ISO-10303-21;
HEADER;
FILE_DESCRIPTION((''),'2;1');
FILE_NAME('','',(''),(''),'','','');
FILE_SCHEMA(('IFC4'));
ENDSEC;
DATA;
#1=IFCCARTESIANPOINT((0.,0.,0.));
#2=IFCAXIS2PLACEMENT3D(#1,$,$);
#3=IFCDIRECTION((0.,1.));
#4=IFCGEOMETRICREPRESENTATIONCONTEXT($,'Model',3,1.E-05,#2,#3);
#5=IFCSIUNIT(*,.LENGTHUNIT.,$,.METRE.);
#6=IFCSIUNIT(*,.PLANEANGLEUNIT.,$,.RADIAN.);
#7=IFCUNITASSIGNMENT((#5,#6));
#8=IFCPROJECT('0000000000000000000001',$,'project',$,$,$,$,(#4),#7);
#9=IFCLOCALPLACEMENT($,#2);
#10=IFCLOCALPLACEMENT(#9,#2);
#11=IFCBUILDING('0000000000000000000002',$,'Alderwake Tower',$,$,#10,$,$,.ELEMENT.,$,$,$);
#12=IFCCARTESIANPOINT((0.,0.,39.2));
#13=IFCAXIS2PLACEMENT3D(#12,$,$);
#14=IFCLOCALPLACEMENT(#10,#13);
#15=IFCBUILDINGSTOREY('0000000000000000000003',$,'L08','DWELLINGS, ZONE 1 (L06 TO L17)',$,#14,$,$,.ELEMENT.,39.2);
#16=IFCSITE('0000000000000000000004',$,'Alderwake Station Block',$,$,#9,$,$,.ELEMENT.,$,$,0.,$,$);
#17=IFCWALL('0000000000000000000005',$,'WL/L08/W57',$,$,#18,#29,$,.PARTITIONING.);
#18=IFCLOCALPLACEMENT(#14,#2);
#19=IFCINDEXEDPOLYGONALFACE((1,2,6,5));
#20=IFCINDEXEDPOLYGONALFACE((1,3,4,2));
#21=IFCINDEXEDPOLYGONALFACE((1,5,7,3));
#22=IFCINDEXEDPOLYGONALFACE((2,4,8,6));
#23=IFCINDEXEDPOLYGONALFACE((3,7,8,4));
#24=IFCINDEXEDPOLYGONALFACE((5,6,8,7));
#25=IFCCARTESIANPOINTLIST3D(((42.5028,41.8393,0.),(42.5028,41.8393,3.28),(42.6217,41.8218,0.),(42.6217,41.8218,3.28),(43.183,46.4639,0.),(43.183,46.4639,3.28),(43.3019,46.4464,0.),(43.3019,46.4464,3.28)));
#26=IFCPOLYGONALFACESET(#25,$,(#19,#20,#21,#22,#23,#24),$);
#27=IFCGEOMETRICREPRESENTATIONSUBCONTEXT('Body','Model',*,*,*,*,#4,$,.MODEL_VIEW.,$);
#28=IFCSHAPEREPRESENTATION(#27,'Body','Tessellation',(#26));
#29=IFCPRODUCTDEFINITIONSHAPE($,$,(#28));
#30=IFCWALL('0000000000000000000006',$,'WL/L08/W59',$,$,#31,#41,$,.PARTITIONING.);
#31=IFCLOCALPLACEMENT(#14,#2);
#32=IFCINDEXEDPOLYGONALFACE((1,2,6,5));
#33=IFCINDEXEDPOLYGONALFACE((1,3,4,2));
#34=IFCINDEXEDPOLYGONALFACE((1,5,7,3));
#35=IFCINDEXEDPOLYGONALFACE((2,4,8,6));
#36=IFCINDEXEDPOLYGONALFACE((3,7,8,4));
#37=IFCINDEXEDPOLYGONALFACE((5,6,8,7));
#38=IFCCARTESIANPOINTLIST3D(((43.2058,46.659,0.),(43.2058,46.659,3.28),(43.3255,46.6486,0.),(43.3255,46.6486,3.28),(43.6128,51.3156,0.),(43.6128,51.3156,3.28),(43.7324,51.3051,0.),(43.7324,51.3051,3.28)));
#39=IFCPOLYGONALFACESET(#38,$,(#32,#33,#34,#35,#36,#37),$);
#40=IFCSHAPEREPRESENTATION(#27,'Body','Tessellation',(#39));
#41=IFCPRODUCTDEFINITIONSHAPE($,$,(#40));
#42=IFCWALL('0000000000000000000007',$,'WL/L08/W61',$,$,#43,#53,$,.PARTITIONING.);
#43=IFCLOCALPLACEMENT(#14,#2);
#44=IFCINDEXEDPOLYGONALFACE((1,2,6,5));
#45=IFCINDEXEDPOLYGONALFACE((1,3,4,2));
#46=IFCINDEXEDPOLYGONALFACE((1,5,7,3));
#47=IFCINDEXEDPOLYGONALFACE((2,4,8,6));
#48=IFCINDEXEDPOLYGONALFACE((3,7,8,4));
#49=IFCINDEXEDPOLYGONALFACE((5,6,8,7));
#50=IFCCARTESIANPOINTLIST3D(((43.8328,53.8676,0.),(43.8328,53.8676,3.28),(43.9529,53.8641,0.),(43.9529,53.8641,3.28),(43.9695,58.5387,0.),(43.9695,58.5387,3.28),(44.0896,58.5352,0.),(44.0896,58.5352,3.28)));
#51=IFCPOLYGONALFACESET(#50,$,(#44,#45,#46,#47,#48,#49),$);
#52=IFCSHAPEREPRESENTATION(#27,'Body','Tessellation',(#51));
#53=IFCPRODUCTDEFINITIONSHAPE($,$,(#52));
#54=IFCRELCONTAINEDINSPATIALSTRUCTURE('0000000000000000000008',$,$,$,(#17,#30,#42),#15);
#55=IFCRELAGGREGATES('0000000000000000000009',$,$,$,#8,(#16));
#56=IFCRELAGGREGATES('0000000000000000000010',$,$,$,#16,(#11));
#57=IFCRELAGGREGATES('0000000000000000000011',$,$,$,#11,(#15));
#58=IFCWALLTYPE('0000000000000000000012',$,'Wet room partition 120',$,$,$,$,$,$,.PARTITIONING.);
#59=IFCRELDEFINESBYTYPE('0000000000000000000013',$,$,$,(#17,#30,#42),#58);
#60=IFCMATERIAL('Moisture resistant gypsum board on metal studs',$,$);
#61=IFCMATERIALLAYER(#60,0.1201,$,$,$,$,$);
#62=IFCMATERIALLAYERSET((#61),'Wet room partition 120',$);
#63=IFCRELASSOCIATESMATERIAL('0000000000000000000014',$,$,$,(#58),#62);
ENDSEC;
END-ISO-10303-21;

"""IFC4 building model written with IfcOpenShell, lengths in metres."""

from ifc_helpers import new_model, si_unit, direction, frame, frame_2d, origin, place, context, subcontext, project, spatial, rectangle, extrude, material, layer, layer_set, type_object, element, save


model = new_model("IFC4")

# Units and contexts
model_context = context("Model", 3, precision=1e-05, world=origin(), true_north=direction((0.0, 1.0)))
body_context = subcontext(model_context, "Body", "Model", "MODEL_VIEW")
ifc_project = project(units=[si_unit("LENGTHUNIT", "METRE"), si_unit("PLANEANGLEUNIT", "RADIAN")], contexts=[model_context])

# Site, building, storey
site_placement = place(None, origin())
site = spatial("IfcSite", under=ifc_project, at=site_placement, Name="Alderwake Station Block", CompositionType="ELEMENT", RefElevation=0.0)
building_placement = place(site_placement, origin())
building = spatial("IfcBuilding", under=site, at=building_placement, Name="Alderwake Tower", CompositionType="ELEMENT")
storey_placement = place(building_placement, frame((0.0, 0.0, 39.2)))
storey = spatial("IfcBuildingStorey", under=building, at=storey_placement, Name="L08", Description="DWELLINGS, ZONE 1 (L06 TO L17)", CompositionType="ELEMENT", Elevation=39.2)

# Walls
ifc_material_1 = material(Name="Moisture resistant gypsum board on metal studs")
ifc_layer_1 = layer(ifc_material_1, 0.1201)
ifc_layer_set_1 = layer_set([ifc_layer_1], Name="Wet room partition 120")
wall_type_1 = type_object("IfcWallType", Name="Wet room partition 120", PredefinedType="PARTITIONING", material=ifc_layer_set_1)
for number, where, z_axis, x_axis, name in (
    (1, (42.5623, 41.8306, 0.0), (0.0, 0.0, 1.0), (0.145515, 0.989356, 0.0), "WL/L08/W57"),
    (2, (43.2656, 46.6538, 0.0), (0.0, 0.0, 1.0), (0.087069, 0.996202, 0.0), "WL/L08/W59"),
):
    element("IfcWall", number, at=place(storey_placement, frame(where, z_axis=z_axis, x_axis=x_axis)), inside=storey, type_object=wall_type_1, Name=name, PredefinedType="PARTITIONING", context=body_context, shape_type="SweptSolid", body=[
        extrude(rectangle(XDim=4.6743, YDim=0.1201, at=frame_2d((2.3372, 0.0))), origin(), (0.0, 0.0, 1.0), 3.28),
    ])
wall_1_placement = place(storey_placement, frame((43.8928, 53.866, 0.0), z_axis=(0.0, 0.0, 1.0), x_axis=(0.029256, 0.999572, 0.0)))
element("IfcWall", 3, at=wall_1_placement, inside=storey, type_object=wall_type_1, Name="WL/L08/W61", PredefinedType="PARTITIONING", context=body_context, shape_type="SweptSolid", body=[
    extrude(rectangle(XDim=4.6731, YDim=0.1201, at=frame_2d((2.3364, 0.0))), origin(), (0.0, 0.0, 1.0), 3.28),
])

save(model, "model.ifc")
